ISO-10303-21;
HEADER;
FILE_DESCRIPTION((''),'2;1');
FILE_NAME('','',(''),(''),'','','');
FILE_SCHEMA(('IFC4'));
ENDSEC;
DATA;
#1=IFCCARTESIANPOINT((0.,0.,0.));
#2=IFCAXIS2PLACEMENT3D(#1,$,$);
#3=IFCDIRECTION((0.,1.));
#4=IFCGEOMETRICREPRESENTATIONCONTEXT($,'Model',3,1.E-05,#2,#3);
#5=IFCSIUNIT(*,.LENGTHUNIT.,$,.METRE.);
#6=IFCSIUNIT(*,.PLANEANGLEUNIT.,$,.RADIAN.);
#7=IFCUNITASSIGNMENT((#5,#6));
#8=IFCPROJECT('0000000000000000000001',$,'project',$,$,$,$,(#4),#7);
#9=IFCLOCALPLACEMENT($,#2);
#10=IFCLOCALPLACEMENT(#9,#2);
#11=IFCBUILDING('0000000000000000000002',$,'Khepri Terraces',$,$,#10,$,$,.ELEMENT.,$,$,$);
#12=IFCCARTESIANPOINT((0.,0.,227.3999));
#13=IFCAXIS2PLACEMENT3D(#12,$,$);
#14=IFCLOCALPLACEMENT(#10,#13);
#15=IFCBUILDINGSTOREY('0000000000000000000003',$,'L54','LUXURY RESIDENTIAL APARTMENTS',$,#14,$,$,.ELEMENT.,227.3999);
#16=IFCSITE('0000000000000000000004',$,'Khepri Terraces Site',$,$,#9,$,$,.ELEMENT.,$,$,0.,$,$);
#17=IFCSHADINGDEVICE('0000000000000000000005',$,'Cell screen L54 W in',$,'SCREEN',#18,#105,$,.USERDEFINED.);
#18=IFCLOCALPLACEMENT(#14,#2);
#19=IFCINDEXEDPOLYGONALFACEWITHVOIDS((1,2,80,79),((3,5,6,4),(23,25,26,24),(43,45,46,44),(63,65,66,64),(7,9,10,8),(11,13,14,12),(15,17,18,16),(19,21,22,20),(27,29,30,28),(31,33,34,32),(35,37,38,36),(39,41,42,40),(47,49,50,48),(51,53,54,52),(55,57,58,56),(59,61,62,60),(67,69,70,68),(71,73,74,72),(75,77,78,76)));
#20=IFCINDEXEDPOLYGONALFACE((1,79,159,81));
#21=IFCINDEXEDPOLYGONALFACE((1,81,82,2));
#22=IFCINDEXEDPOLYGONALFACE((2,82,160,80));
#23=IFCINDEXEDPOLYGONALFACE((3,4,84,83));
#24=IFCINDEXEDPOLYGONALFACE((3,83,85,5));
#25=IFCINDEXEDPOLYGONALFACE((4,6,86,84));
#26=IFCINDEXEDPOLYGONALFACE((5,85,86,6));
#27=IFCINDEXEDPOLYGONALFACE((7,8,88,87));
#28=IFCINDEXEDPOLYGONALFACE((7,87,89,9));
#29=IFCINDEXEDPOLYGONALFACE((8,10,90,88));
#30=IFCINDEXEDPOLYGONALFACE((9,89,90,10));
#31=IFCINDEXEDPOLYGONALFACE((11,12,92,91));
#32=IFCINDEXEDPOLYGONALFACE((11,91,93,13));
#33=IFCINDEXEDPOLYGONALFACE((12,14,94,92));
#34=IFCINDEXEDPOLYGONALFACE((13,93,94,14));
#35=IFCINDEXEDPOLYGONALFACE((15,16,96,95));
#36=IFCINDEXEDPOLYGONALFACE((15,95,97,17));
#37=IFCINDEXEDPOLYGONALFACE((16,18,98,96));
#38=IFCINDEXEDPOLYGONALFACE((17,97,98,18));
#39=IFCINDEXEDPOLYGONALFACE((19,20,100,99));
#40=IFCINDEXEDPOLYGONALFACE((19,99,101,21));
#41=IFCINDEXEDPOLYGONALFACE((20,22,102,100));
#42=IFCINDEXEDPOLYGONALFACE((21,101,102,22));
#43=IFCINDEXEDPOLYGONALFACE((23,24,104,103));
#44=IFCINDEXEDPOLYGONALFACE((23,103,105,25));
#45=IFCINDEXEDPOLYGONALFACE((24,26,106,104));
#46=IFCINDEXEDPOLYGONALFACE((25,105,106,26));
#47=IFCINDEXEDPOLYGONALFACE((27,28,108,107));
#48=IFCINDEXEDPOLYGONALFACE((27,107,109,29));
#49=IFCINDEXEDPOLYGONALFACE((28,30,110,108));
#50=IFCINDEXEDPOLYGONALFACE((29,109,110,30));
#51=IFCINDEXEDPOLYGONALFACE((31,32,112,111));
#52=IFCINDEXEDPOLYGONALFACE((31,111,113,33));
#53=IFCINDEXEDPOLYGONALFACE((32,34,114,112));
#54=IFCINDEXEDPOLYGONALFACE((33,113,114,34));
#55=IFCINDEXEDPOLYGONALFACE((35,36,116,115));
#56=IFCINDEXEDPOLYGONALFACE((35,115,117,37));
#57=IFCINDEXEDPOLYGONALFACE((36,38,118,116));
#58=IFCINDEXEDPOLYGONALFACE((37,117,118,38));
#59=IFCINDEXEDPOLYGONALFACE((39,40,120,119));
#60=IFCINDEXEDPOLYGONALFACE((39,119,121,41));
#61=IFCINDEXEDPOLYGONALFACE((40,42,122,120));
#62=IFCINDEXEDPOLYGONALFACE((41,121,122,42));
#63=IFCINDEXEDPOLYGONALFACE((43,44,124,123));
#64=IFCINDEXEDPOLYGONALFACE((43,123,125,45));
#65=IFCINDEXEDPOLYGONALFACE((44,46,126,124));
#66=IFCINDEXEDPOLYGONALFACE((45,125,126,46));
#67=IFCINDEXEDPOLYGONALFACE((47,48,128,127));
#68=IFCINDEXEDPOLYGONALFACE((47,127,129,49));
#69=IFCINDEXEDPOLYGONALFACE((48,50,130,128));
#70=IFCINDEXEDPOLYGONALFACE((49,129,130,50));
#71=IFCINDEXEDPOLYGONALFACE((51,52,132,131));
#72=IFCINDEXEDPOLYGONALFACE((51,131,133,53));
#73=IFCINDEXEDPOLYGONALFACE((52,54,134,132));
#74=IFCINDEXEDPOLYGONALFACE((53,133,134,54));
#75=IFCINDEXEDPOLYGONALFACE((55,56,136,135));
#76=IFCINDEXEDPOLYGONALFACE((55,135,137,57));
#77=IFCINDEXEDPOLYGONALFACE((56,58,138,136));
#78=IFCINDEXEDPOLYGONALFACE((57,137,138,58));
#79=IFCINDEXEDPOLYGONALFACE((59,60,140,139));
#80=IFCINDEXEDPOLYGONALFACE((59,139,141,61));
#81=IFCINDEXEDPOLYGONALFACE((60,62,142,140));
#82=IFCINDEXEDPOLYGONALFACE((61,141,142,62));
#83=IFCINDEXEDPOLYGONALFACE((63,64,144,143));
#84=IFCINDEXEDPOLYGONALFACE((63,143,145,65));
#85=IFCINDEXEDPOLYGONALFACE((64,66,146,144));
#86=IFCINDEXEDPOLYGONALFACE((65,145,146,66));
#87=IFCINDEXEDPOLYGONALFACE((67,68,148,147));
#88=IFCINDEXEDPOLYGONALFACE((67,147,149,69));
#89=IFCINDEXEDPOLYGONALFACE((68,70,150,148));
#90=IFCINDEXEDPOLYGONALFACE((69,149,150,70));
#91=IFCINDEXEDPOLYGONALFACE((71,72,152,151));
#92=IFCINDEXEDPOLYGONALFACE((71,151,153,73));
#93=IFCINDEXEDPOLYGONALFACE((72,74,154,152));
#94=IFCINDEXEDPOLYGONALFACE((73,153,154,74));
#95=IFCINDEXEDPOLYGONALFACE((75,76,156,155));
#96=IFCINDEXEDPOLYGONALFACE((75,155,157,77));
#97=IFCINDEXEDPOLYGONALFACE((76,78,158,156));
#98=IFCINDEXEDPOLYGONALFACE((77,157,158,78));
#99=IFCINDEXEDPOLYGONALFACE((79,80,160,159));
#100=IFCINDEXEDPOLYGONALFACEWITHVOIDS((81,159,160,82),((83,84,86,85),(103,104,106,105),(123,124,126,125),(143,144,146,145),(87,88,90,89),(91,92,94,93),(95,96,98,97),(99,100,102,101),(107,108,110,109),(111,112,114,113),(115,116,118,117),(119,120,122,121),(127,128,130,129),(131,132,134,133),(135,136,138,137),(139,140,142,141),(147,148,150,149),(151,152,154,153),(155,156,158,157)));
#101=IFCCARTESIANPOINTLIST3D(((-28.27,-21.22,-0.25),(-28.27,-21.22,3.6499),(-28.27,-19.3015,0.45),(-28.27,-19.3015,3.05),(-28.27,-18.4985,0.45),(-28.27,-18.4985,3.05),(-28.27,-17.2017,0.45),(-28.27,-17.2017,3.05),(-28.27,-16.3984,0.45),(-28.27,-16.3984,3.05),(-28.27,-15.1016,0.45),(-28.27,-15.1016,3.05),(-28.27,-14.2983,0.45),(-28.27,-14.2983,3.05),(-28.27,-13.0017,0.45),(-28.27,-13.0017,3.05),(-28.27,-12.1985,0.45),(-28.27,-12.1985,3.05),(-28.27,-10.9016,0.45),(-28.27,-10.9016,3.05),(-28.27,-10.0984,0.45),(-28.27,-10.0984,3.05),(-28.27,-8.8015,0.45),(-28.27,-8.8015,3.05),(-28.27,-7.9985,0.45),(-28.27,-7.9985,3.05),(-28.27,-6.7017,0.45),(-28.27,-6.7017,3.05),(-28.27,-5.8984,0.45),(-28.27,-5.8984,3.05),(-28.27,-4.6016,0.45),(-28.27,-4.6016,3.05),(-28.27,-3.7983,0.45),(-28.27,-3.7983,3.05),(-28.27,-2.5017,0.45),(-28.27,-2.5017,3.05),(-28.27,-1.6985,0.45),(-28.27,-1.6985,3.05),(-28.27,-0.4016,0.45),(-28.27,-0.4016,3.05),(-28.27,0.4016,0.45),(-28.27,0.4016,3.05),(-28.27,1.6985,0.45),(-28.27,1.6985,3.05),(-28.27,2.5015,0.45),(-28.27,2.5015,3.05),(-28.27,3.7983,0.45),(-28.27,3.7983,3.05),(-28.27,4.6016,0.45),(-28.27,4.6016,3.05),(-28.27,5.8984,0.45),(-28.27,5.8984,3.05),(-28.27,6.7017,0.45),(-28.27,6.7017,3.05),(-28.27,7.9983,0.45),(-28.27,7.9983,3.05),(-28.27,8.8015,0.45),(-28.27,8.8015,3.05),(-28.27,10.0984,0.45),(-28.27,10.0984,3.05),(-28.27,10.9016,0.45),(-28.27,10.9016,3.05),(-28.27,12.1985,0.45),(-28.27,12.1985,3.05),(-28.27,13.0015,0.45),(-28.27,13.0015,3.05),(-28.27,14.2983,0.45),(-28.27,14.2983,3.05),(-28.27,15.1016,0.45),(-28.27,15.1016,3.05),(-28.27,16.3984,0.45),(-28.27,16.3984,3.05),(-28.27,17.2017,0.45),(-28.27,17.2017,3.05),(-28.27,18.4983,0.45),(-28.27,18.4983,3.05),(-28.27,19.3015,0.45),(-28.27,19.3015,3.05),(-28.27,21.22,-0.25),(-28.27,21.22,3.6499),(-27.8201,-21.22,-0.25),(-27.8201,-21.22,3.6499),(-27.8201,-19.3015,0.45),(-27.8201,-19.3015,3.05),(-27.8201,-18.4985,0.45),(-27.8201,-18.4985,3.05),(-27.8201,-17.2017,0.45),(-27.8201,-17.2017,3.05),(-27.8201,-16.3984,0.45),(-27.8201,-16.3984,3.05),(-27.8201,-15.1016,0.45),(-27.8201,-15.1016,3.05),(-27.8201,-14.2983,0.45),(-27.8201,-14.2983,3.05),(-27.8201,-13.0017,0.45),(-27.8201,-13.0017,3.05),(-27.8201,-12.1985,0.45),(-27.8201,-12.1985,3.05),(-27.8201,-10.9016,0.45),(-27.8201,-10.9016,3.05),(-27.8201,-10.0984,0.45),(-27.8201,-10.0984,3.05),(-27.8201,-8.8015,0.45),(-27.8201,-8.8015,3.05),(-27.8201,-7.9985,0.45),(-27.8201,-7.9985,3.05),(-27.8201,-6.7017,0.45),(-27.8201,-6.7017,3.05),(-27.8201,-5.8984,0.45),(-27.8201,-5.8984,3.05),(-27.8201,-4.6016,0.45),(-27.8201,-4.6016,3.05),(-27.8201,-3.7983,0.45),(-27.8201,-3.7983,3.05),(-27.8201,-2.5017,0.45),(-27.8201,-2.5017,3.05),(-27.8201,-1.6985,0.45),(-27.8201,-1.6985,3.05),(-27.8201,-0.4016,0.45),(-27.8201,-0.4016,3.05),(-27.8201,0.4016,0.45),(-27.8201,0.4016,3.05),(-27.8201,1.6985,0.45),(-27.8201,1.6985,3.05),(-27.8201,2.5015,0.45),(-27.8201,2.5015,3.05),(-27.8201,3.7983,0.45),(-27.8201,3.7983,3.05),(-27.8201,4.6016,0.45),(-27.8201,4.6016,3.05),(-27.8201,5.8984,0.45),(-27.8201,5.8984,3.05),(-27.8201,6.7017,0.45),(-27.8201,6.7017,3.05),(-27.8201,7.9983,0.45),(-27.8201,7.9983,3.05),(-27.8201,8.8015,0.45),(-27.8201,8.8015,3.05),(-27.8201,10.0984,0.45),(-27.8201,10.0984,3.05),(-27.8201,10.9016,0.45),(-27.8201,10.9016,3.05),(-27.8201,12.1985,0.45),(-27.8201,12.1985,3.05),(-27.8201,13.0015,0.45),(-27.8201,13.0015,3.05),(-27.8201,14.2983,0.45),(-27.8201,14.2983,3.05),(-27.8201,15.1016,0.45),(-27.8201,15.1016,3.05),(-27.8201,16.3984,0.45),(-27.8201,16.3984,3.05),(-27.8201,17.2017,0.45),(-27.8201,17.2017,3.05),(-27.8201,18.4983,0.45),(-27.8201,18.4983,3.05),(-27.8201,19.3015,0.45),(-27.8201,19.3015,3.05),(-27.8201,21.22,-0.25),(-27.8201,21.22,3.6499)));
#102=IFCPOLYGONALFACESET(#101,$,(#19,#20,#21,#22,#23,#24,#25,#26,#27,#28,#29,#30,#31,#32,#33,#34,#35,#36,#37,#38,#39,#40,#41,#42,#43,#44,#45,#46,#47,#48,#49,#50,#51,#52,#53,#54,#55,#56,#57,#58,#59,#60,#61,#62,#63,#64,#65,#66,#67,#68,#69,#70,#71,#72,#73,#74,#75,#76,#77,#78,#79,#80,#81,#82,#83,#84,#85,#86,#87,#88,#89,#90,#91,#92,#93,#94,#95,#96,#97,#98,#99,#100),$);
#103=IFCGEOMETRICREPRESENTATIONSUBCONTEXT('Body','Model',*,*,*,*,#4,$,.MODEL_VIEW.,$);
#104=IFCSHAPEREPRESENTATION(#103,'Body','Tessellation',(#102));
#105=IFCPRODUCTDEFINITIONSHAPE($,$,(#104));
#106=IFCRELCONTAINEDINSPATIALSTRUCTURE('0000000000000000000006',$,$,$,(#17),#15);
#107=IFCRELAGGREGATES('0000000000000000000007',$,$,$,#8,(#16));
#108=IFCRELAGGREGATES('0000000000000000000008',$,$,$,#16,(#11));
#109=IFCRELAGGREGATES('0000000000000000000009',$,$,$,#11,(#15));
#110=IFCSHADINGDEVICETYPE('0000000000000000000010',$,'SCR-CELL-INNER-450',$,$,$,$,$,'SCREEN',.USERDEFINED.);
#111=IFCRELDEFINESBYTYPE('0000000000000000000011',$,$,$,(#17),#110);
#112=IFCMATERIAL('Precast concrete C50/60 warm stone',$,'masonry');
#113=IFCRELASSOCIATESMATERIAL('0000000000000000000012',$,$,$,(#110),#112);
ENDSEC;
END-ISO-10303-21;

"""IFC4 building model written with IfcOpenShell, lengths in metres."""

from ifc_helpers import new_model, si_unit, direction, frame, origin, place, context, subcontext, project, spatial, polyline, outline, extrude, material, type_object, element, save


model = new_model("IFC4")

# Units and contexts
model_context = context("Model", 3, precision=1e-05, world=origin(), true_north=direction((0.0, 1.0)))
body_context = subcontext(model_context, "Body", "Model", "MODEL_VIEW")
ifc_project = project(units=[si_unit("LENGTHUNIT", "METRE"), si_unit("PLANEANGLEUNIT", "RADIAN")], contexts=[model_context])

# Site, building, storey
site_placement = place(None, origin())
site = spatial("IfcSite", under=ifc_project, at=site_placement, Name="Khepri Terraces Site", CompositionType="ELEMENT", RefElevation=0.0)
building_placement = place(site_placement, origin())
building = spatial("IfcBuilding", under=site, at=building_placement, Name="Khepri Terraces", CompositionType="ELEMENT")
storey_placement = place(building_placement, frame((0.0, 0.0, 227.3999)))
storey = spatial("IfcBuildingStorey", under=building, at=storey_placement, Name="L54", Description="LUXURY RESIDENTIAL APARTMENTS", CompositionType="ELEMENT", Elevation=227.3999)

# Shared definitions
ifc_material_1 = material(Name="Precast concrete C50/60 warm stone", Category="masonry")

# Shading device
shading_device_type_1 = type_object("IfcShadingDeviceType", Name="SCR-CELL-INNER-450", ElementType="SCREEN", PredefinedType="USERDEFINED", material=ifc_material_1)
shading_device_1_placement = place(storey_placement, frame((-27.8201, 21.22, -0.25), z_axis=(-1.0, 0.0, 0.0), x_axis=(0.0, -1.0, 0.0)))
element("IfcShadingDevice", 1, at=shading_device_1_placement, inside=storey, type_object=shading_device_type_1, Name="Cell screen L54 W in", ObjectType="SCREEN", PredefinedType="USERDEFINED", context=body_context, shape_type="SweptSolid", body=[
    extrude(outline(polyline([(0.0, 0.0), (42.4399, 0.0), (42.4399, 3.8999), (0.0, 3.8999), (0.0, 0.0)]), holes=[polyline([(1.9185, 0.7), (2.7217, 0.7), (2.7217, 3.3), (1.9185, 3.3), (1.9185, 0.7)]), polyline([(4.0183, 0.7), (4.8215, 0.7), (4.8215, 3.3), (4.0183, 3.3), (4.0183, 0.7)]), polyline([(6.1184, 0.7), (6.9216, 0.7), (6.9216, 3.3), (6.1184, 3.3), (6.1184, 0.7)]), polyline([(8.2185, 0.7), (9.0215, 0.7), (9.0215, 3.3), (8.2185, 3.3), (8.2185, 0.7)]), polyline([(10.3184, 0.7), (11.1216, 0.7), (11.1216, 3.3), (10.3184, 3.3), (10.3184, 0.7)]), polyline([(12.4185, 0.7), (13.2217, 0.7), (13.2217, 3.3), (12.4185, 3.3), (12.4185, 0.7)]), polyline([(14.5183, 0.7), (15.3215, 0.7), (15.3215, 3.3), (14.5183, 3.3), (14.5183, 0.7)]), polyline([(16.6184, 0.7), (17.4216, 0.7), (17.4216, 3.3), (16.6184, 3.3), (16.6184, 0.7)]), polyline([(18.7185, 0.7), (19.5215, 0.7), (19.5215, 3.3), (18.7185, 3.3), (18.7185, 0.7)]), polyline([(20.8184, 0.7), (21.6216, 0.7), (21.6216, 3.3), (20.8184, 3.3), (20.8184, 0.7)]), polyline([(22.9185, 0.7), (23.7217, 0.7), (23.7217, 3.3), (22.9185, 3.3), (22.9185, 0.7)]), polyline([(25.0183, 0.7), (25.8215, 0.7), (25.8215, 3.3), (25.0183, 3.3), (25.0183, 0.7)]), polyline([(27.1184, 0.7), (27.9216, 0.7), (27.9216, 3.3), (27.1184, 3.3), (27.1184, 0.7)]), polyline([(29.2185, 0.7), (30.0215, 0.7), (30.0215, 3.3), (29.2185, 3.3), (29.2185, 0.7)]), polyline([(31.3184, 0.7), (32.1216, 0.7), (32.1216, 3.3), (31.3184, 3.3), (31.3184, 0.7)]), polyline([(33.4185, 0.7), (34.2217, 0.7), (34.2217, 3.3), (33.4185, 3.3), (33.4185, 0.7)]), polyline([(35.5183, 0.7), (36.3215, 0.7), (36.3215, 3.3), (35.5183, 3.3), (35.5183, 0.7)]), polyline([(37.6184, 0.7), (38.4216, 0.7), (38.4216, 3.3), (37.6184, 3.3), (37.6184, 0.7)]), polyline([(39.7185, 0.7), (40.5215, 0.7), (40.5215, 3.3), (39.7185, 3.3), (39.7185, 0.7)])]), origin(), (0.0, 0.0, 1.0), 0.45),
])

save(model, "model.ifc")
